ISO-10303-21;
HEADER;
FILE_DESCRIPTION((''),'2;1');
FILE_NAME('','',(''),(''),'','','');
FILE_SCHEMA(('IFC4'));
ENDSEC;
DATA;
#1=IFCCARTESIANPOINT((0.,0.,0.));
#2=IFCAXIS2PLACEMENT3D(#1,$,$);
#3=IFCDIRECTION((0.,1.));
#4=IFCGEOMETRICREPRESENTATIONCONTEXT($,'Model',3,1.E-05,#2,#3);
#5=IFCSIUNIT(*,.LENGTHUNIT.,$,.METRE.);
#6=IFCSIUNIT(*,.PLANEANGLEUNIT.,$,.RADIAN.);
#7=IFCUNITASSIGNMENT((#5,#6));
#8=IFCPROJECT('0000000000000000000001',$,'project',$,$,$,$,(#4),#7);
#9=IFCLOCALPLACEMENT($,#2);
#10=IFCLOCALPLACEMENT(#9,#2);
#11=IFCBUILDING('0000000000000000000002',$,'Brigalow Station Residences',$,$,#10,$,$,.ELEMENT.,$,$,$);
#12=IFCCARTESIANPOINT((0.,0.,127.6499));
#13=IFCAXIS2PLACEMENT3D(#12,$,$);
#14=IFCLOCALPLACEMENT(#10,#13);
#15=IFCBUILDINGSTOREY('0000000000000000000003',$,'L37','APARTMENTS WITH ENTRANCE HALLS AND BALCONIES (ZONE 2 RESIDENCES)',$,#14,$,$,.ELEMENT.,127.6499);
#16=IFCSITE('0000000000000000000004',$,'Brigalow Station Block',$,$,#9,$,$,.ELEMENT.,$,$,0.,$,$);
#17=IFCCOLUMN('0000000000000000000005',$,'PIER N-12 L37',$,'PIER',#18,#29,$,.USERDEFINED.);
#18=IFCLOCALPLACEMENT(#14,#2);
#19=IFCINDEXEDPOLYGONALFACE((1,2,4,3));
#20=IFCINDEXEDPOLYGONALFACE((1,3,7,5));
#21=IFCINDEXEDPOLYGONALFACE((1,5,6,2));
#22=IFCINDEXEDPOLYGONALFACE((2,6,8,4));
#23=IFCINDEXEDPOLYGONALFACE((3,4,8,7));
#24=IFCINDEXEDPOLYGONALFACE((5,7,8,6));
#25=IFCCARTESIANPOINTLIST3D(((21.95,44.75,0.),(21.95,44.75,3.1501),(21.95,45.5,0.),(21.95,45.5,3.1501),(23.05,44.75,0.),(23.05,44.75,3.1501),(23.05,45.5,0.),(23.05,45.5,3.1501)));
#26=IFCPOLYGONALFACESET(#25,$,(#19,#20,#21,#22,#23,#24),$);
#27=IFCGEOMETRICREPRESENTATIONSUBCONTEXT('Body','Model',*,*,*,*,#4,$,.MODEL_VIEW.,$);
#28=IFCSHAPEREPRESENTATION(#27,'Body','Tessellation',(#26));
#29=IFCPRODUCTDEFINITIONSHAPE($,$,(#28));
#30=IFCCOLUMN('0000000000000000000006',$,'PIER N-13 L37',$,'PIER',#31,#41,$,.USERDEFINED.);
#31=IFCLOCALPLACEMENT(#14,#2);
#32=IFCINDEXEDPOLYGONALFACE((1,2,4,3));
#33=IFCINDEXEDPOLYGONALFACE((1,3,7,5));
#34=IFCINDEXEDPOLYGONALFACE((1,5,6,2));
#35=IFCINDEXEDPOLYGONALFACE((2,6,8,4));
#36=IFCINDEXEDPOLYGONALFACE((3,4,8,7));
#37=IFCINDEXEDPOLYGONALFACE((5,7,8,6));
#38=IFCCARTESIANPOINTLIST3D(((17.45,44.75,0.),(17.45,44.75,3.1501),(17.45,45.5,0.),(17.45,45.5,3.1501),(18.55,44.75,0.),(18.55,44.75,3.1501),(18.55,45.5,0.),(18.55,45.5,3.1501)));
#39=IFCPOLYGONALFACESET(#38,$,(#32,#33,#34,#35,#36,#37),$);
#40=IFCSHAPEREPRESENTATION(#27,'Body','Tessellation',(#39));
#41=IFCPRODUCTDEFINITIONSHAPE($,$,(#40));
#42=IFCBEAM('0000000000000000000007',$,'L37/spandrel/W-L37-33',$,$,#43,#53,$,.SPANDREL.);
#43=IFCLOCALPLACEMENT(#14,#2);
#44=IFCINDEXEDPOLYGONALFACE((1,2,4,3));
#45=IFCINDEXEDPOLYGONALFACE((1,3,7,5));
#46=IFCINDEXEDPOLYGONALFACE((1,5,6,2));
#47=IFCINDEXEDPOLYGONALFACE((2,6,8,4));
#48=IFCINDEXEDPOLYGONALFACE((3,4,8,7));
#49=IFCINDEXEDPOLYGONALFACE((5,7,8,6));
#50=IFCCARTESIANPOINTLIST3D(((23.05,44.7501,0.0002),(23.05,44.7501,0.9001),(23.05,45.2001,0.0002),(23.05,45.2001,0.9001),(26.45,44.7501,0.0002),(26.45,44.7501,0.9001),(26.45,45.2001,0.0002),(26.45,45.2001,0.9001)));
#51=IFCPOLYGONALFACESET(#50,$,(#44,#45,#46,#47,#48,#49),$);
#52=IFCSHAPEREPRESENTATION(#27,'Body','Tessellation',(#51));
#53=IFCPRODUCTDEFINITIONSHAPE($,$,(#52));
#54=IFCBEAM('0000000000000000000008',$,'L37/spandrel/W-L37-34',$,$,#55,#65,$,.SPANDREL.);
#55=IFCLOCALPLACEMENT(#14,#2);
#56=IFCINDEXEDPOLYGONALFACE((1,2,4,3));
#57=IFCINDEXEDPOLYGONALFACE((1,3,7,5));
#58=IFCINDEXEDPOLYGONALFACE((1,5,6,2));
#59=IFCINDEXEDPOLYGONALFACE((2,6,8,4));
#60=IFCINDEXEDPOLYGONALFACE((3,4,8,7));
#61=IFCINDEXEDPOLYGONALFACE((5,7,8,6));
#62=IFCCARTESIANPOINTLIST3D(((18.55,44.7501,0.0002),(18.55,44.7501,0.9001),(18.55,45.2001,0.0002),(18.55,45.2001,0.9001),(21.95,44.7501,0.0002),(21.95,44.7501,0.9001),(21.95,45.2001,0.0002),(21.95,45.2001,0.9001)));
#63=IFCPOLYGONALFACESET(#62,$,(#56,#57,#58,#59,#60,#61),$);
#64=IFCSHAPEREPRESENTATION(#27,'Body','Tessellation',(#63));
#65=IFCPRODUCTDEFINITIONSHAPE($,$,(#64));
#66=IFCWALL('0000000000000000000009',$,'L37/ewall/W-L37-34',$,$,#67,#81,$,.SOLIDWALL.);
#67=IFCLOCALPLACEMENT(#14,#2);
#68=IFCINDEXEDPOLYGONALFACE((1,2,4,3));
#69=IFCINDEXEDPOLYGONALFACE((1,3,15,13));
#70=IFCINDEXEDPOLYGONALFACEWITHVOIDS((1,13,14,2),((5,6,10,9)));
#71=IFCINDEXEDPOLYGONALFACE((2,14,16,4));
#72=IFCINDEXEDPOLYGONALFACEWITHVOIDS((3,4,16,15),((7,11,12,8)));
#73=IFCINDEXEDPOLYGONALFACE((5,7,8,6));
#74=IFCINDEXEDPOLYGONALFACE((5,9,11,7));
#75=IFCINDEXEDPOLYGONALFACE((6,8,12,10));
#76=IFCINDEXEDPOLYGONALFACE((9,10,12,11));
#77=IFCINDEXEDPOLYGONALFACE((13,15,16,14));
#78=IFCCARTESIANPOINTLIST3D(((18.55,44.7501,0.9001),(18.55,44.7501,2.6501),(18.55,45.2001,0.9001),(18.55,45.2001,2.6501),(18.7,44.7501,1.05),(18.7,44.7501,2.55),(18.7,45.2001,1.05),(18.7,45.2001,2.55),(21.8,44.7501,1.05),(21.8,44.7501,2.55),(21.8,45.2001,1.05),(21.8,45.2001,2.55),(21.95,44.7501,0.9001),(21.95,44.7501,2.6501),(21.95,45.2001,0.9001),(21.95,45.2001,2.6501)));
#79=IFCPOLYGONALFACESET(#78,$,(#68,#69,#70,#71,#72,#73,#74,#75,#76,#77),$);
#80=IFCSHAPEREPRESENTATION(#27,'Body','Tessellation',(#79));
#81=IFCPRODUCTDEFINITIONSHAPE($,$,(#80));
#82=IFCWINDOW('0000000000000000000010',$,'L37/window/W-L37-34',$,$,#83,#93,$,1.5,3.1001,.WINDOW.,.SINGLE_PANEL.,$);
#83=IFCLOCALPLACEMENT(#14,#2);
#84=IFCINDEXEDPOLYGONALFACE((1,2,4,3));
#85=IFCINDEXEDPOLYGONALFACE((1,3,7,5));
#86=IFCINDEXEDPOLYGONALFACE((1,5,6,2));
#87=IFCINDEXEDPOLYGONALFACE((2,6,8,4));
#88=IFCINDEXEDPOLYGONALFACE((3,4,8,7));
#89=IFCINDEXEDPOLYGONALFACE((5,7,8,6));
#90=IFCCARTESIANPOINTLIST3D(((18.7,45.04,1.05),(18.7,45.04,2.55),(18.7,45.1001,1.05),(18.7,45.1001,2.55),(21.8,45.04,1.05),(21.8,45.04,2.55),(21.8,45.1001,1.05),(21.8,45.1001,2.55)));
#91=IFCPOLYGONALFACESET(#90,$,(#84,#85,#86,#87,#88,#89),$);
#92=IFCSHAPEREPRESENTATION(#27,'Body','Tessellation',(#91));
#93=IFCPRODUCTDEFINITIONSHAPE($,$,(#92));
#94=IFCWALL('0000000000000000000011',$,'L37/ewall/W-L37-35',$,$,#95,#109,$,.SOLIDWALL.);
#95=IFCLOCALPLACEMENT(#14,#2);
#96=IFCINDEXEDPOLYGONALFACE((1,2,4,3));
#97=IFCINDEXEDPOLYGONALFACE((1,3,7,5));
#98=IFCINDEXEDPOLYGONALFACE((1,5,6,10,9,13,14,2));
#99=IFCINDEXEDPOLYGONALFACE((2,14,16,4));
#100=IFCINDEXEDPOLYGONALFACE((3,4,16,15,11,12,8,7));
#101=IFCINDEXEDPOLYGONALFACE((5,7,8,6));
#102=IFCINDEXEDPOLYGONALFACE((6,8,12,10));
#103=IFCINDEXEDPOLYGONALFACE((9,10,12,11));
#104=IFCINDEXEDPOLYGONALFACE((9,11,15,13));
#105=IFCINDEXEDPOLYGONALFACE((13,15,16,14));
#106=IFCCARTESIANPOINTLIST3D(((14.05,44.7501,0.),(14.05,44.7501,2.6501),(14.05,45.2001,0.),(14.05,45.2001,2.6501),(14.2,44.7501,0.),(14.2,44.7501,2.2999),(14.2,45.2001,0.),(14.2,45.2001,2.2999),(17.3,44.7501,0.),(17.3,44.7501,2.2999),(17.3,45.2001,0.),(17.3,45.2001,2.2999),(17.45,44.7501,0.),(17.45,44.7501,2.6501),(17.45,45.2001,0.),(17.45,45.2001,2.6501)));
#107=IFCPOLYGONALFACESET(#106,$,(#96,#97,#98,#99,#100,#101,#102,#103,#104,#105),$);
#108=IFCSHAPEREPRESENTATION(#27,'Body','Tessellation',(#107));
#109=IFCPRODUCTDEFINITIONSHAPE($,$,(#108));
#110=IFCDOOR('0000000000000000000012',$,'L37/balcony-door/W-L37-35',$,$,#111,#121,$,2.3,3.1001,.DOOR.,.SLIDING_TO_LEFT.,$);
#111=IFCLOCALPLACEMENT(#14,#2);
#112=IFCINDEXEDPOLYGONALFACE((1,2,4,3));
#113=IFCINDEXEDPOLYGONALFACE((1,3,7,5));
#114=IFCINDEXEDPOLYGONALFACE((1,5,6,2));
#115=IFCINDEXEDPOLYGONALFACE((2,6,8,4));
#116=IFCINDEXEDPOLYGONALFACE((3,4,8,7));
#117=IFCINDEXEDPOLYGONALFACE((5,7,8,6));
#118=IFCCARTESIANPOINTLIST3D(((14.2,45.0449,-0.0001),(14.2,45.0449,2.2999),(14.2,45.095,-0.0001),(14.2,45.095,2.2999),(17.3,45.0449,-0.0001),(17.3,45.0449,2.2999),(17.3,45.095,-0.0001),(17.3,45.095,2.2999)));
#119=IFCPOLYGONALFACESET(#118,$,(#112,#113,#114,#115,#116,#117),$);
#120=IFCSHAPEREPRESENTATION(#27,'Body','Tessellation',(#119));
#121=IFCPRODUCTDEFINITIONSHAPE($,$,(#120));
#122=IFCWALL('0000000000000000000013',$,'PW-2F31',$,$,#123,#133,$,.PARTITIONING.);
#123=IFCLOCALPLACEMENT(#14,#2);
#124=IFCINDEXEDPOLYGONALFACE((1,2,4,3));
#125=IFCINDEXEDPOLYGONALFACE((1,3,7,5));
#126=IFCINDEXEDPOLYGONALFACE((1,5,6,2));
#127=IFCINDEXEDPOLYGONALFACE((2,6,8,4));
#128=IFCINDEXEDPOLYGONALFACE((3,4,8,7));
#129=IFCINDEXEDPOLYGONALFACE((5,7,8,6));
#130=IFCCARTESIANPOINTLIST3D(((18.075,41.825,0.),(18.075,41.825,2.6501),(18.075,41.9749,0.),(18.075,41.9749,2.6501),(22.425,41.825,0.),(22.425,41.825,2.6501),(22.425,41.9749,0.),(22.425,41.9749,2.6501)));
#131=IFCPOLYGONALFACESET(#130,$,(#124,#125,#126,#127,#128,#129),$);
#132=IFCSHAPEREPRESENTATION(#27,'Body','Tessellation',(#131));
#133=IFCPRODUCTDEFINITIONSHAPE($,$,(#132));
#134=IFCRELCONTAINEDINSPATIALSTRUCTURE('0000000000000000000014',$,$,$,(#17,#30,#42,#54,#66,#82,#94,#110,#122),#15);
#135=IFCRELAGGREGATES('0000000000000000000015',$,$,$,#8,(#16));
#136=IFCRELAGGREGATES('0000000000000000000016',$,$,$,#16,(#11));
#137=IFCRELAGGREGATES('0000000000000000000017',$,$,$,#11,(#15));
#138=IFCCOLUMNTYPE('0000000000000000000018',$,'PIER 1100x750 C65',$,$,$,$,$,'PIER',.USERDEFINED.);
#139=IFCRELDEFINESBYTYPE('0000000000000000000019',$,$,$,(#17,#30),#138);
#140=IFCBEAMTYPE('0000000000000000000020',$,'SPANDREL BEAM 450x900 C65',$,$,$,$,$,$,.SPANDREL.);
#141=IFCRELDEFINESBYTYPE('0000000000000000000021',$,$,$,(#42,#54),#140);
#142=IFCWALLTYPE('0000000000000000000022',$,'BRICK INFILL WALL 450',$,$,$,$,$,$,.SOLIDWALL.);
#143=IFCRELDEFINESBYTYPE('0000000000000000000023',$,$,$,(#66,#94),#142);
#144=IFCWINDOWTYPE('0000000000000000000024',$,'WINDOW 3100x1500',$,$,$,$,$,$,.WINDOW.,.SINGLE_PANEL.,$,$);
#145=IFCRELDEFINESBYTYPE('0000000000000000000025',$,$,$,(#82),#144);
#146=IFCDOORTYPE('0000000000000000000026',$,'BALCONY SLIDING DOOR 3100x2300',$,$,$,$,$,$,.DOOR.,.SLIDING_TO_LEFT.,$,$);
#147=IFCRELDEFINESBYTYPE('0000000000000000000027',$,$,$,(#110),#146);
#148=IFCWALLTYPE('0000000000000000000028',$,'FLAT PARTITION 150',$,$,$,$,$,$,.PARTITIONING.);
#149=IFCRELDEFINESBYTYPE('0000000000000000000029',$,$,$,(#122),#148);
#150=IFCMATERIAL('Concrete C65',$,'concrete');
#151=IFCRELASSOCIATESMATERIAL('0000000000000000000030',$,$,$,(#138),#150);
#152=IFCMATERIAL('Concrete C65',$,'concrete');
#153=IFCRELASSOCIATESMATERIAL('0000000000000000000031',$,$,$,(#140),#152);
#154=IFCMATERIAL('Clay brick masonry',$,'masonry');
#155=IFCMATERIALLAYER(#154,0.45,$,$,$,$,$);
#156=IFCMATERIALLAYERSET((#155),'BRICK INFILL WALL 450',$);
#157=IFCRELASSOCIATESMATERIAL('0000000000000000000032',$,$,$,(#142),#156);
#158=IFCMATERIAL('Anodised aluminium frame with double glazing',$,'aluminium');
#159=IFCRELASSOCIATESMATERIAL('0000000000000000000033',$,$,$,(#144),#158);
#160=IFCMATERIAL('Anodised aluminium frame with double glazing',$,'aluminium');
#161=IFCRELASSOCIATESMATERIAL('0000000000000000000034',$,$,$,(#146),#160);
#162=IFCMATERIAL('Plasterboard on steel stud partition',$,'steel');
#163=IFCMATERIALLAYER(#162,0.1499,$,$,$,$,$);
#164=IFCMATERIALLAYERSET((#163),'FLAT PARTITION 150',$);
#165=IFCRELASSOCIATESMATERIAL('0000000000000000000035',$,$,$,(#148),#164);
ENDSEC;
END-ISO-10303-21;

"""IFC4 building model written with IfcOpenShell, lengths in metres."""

from ifc_helpers import new_model, si_unit, direction, frame, frame_2d, origin, origin_2d, place, context, subcontext, project, spatial, rectangle, extrude, material, layer, layer_set, material_profile, profile_set, type_object, element, fill, save


model = new_model("IFC4")

# Units and contexts
model_context = context("Model", 3, precision=1e-05, world=origin(), true_north=direction((0.0, 1.0)))
body_context = subcontext(model_context, "Body", "Model", "MODEL_VIEW")
ifc_project = project(units=[si_unit("LENGTHUNIT", "METRE"), si_unit("PLANEANGLEUNIT", "RADIAN")], contexts=[model_context])

# Site, building, storey
site_placement = place(None, origin())
site = spatial("IfcSite", under=ifc_project, at=site_placement, Name="Brigalow Station Block", CompositionType="ELEMENT", RefElevation=0.0)
building_placement = place(site_placement, origin())
building = spatial("IfcBuilding", under=site, at=building_placement, Name="Brigalow Station Residences", CompositionType="ELEMENT")
storey_placement = place(building_placement, frame((0.0, 0.0, 127.6499)))
storey = spatial("IfcBuildingStorey", under=building, at=storey_placement, Name="L37", Description="APARTMENTS WITH ENTRANCE HALLS AND BALCONIES (ZONE 2 RESIDENCES)", CompositionType="ELEMENT", Elevation=127.6499)

# Columns
ifc_material_1 = material(Name="Concrete C65", Category="concrete")
ifc_material_profile_1 = material_profile(ifc_material_1, rectangle(XDim=1.1001, YDim=0.75, at=origin_2d()), Name="RC1100x750")
ifc_profile_set_1 = profile_set([ifc_material_profile_1], Name="Concrete C65")
column_type = type_object("IfcColumnType", Name="PIER 1100x750 C65", ElementType="PIER", PredefinedType="USERDEFINED", material=ifc_profile_set_1)
for number, where, z_axis, x_axis, name in (
    (1, (22.5, 45.125, 0.0), (0.0, 0.0, 1.0), (-1.0, 0.0, 0.0), "PIER N-12 L37"),
    (2, (18.0, 45.125, 0.0), (0.0, 0.0, 1.0), (-1.0, 0.0, 0.0), "PIER N-13 L37"),
):
    element("IfcColumn", number, at=place(storey_placement, frame(where, z_axis=z_axis, x_axis=x_axis)), inside=storey, type_object=column_type, Name=name, ObjectType="PIER", PredefinedType="USERDEFINED", context=body_context, shape_type="SweptSolid", body=[
        extrude(rectangle(XDim=1.1001, YDim=0.75, at=origin_2d()), origin(), (0.0, 0.0, 1.0), 3.1501),
    ])

# Beams
ifc_material_2 = material(Name="Concrete C65", Category="concrete")
ifc_material_profile_2 = material_profile(ifc_material_2, rectangle(XDim=0.45, YDim=0.8999, at=origin_2d()), Name="RC450x900")
ifc_profile_set_2 = profile_set([ifc_material_profile_2], Name="Concrete C65")
beam_type = type_object("IfcBeamType", Name="SPANDREL BEAM 450x900 C65", PredefinedType="SPANDREL", material=ifc_profile_set_2)
for number, where, z_axis, x_axis, name in (
    (3, (26.45, 44.9751, 0.4502), (-1.0, 0.0, 0.0), (0.0, -1.0, 0.0), "L37/spandrel/W-L37-33"),
    (4, (21.95, 44.9751, 0.4502), (-1.0, 0.0, 0.0), (0.0, -1.0, 0.0), "L37/spandrel/W-L37-34"),
):
    element("IfcBeam", number, at=place(storey_placement, frame(where, z_axis=z_axis, x_axis=x_axis)), inside=storey, type_object=beam_type, Name=name, PredefinedType="SPANDREL", context=body_context, shape_type="SweptSolid", body=[
        extrude(rectangle(XDim=0.45, YDim=0.8999, at=origin_2d()), origin(), (0.0, 0.0, 1.0), 3.3999),
    ])

# Wall, opening, window
ifc_material_3 = material(Name="Clay brick masonry", Category="masonry")
ifc_layer_1 = layer(ifc_material_3, 0.45)
ifc_layer_set_1 = layer_set([ifc_layer_1], Name="BRICK INFILL WALL 450")
wall_type_1 = type_object("IfcWallType", Name="BRICK INFILL WALL 450", PredefinedType="SOLIDWALL", material=ifc_layer_set_1)
wall_1_placement = place(storey_placement, frame((21.95, 44.9751, 0.9001), z_axis=(0.0, 0.0, 1.0), x_axis=(-1.0, 0.0, 0.0)))
wall_1 = element("IfcWall", 5, at=wall_1_placement, inside=storey, type_object=wall_type_1, Name="L37/ewall/W-L37-34", PredefinedType="SOLIDWALL", context=body_context, shape_type="SweptSolid", body=[
    extrude(rectangle(XDim=3.3999, YDim=0.45, at=frame_2d((1.7, 0.0))), origin(), (0.0, 0.0, 1.0), 1.75),
])
opening_1_placement = place(wall_1_placement, frame((0.1499, 0.0, 0.1499)))
opening_1 = element("IfcOpeningElement", 6, at=opening_1_placement, cuts=wall_1, PredefinedType="OPENING", context=body_context, shape_type="SweptSolid", body=[
    extrude(rectangle(XDim=3.1001, YDim=1.5, at=frame_2d((1.55, 0.75))), frame((0.0, 0.2349, 0.0), z_axis=(0.0, -1.0, 0.0), x_axis=(1.0, 0.0, 0.0)), (0.0, 0.0, 1.0), 0.47),
])
ifc_material_4 = material(Name="Anodised aluminium frame with double glazing", Category="aluminium")
window_type = type_object("IfcWindowType", Name="WINDOW 3100x1500", PartitioningType="SINGLE_PANEL", PredefinedType="WINDOW", material=ifc_material_4)
window_placement = place(opening_1_placement, origin())
window = element("IfcWindow", 7, at=window_placement, inside=storey, type_object=window_type, Name="L37/window/W-L37-34", OverallHeight=1.5, OverallWidth=3.1001, PartitioningType="SINGLE_PANEL", PredefinedType="WINDOW", context=body_context, shape_type="SweptSolid", body=[
    extrude(rectangle(XDim=3.1001, YDim=1.5, at=frame_2d((1.55, 0.75))), frame((0.0, -0.0649, 0.0), z_axis=(0.0, -1.0, 0.0), x_axis=(1.0, 0.0, 0.0)), (0.0, 0.0, 1.0), 0.0601),
])
fill(opening_1, window)

# Wall, opening, door
wall_2_placement = place(storey_placement, frame((17.45, 44.9751, 0.0), z_axis=(0.0, 0.0, 1.0), x_axis=(-1.0, 0.0, 0.0)))
wall_2 = element("IfcWall", 8, at=wall_2_placement, inside=storey, type_object=wall_type_1, Name="L37/ewall/W-L37-35", PredefinedType="SOLIDWALL", context=body_context, shape_type="SweptSolid", body=[
    extrude(rectangle(XDim=3.3999, YDim=0.45, at=frame_2d((1.7, 0.0))), origin(), (0.0, 0.0, 1.0), 2.6501),
])
opening_2_placement = place(wall_2_placement, frame((0.1499, 0.0, 0.0)))
opening_2 = element("IfcOpeningElement", 9, at=opening_2_placement, cuts=wall_2, PredefinedType="OPENING", context=body_context, shape_type="SweptSolid", body=[
    extrude(rectangle(XDim=3.1001, YDim=2.3, at=frame_2d((1.55, 1.1499))), frame((0.0, 0.2349, 0.0), z_axis=(0.0, -1.0, 0.0), x_axis=(1.0, 0.0, 0.0)), (0.0, 0.0, 1.0), 0.47),
])
ifc_material_5 = material(Name="Anodised aluminium frame with double glazing", Category="aluminium")
door_type_1 = type_object("IfcDoorType", Name="BALCONY SLIDING DOOR 3100x2300", OperationType="SLIDING_TO_LEFT", PredefinedType="DOOR", material=ifc_material_5)
door_1_placement = place(opening_2_placement, origin())
door_1 = element("IfcDoor", 10, at=door_1_placement, inside=storey, type_object=door_type_1, Name="L37/balcony-door/W-L37-35", OperationType="SLIDING_TO_LEFT", OverallHeight=2.3, OverallWidth=3.1001, PredefinedType="DOOR", context=body_context, shape_type="SweptSolid", body=[
    extrude(rectangle(XDim=3.1001, YDim=2.3, at=frame_2d((1.55, 1.1499))), frame((0.0, -0.0698, 0.0), z_axis=(0.0, -1.0, 0.0), x_axis=(1.0, 0.0, 0.0)), (0.0, 0.0, 1.0), 0.05),
])
fill(opening_2, door_1)

# Wall
ifc_material_6 = material(Name="Plasterboard on steel stud partition", Category="steel")
ifc_layer_2 = layer(ifc_material_6, 0.1499)
ifc_layer_set_2 = layer_set([ifc_layer_2], Name="FLAT PARTITION 150")
wall_type_2 = type_object("IfcWallType", Name="FLAT PARTITION 150", PredefinedType="PARTITIONING", material=ifc_layer_set_2)
wall_3_placement = place(storey_placement, frame((18.075, 41.8999, 0.0), z_axis=(0.0, 0.0, 1.0), x_axis=(1.0, 0.0, 0.0)))
element("IfcWall", 11, at=wall_3_placement, inside=storey, type_object=wall_type_2, Name="PW-2F31", PredefinedType="PARTITIONING", context=body_context, shape_type="SweptSolid", body=[
    extrude(rectangle(XDim=4.3501, YDim=0.1499, at=frame_2d((2.175, 0.0))), origin(), (0.0, 0.0, 1.0), 2.6501),
])

save(model, "model.ifc")
